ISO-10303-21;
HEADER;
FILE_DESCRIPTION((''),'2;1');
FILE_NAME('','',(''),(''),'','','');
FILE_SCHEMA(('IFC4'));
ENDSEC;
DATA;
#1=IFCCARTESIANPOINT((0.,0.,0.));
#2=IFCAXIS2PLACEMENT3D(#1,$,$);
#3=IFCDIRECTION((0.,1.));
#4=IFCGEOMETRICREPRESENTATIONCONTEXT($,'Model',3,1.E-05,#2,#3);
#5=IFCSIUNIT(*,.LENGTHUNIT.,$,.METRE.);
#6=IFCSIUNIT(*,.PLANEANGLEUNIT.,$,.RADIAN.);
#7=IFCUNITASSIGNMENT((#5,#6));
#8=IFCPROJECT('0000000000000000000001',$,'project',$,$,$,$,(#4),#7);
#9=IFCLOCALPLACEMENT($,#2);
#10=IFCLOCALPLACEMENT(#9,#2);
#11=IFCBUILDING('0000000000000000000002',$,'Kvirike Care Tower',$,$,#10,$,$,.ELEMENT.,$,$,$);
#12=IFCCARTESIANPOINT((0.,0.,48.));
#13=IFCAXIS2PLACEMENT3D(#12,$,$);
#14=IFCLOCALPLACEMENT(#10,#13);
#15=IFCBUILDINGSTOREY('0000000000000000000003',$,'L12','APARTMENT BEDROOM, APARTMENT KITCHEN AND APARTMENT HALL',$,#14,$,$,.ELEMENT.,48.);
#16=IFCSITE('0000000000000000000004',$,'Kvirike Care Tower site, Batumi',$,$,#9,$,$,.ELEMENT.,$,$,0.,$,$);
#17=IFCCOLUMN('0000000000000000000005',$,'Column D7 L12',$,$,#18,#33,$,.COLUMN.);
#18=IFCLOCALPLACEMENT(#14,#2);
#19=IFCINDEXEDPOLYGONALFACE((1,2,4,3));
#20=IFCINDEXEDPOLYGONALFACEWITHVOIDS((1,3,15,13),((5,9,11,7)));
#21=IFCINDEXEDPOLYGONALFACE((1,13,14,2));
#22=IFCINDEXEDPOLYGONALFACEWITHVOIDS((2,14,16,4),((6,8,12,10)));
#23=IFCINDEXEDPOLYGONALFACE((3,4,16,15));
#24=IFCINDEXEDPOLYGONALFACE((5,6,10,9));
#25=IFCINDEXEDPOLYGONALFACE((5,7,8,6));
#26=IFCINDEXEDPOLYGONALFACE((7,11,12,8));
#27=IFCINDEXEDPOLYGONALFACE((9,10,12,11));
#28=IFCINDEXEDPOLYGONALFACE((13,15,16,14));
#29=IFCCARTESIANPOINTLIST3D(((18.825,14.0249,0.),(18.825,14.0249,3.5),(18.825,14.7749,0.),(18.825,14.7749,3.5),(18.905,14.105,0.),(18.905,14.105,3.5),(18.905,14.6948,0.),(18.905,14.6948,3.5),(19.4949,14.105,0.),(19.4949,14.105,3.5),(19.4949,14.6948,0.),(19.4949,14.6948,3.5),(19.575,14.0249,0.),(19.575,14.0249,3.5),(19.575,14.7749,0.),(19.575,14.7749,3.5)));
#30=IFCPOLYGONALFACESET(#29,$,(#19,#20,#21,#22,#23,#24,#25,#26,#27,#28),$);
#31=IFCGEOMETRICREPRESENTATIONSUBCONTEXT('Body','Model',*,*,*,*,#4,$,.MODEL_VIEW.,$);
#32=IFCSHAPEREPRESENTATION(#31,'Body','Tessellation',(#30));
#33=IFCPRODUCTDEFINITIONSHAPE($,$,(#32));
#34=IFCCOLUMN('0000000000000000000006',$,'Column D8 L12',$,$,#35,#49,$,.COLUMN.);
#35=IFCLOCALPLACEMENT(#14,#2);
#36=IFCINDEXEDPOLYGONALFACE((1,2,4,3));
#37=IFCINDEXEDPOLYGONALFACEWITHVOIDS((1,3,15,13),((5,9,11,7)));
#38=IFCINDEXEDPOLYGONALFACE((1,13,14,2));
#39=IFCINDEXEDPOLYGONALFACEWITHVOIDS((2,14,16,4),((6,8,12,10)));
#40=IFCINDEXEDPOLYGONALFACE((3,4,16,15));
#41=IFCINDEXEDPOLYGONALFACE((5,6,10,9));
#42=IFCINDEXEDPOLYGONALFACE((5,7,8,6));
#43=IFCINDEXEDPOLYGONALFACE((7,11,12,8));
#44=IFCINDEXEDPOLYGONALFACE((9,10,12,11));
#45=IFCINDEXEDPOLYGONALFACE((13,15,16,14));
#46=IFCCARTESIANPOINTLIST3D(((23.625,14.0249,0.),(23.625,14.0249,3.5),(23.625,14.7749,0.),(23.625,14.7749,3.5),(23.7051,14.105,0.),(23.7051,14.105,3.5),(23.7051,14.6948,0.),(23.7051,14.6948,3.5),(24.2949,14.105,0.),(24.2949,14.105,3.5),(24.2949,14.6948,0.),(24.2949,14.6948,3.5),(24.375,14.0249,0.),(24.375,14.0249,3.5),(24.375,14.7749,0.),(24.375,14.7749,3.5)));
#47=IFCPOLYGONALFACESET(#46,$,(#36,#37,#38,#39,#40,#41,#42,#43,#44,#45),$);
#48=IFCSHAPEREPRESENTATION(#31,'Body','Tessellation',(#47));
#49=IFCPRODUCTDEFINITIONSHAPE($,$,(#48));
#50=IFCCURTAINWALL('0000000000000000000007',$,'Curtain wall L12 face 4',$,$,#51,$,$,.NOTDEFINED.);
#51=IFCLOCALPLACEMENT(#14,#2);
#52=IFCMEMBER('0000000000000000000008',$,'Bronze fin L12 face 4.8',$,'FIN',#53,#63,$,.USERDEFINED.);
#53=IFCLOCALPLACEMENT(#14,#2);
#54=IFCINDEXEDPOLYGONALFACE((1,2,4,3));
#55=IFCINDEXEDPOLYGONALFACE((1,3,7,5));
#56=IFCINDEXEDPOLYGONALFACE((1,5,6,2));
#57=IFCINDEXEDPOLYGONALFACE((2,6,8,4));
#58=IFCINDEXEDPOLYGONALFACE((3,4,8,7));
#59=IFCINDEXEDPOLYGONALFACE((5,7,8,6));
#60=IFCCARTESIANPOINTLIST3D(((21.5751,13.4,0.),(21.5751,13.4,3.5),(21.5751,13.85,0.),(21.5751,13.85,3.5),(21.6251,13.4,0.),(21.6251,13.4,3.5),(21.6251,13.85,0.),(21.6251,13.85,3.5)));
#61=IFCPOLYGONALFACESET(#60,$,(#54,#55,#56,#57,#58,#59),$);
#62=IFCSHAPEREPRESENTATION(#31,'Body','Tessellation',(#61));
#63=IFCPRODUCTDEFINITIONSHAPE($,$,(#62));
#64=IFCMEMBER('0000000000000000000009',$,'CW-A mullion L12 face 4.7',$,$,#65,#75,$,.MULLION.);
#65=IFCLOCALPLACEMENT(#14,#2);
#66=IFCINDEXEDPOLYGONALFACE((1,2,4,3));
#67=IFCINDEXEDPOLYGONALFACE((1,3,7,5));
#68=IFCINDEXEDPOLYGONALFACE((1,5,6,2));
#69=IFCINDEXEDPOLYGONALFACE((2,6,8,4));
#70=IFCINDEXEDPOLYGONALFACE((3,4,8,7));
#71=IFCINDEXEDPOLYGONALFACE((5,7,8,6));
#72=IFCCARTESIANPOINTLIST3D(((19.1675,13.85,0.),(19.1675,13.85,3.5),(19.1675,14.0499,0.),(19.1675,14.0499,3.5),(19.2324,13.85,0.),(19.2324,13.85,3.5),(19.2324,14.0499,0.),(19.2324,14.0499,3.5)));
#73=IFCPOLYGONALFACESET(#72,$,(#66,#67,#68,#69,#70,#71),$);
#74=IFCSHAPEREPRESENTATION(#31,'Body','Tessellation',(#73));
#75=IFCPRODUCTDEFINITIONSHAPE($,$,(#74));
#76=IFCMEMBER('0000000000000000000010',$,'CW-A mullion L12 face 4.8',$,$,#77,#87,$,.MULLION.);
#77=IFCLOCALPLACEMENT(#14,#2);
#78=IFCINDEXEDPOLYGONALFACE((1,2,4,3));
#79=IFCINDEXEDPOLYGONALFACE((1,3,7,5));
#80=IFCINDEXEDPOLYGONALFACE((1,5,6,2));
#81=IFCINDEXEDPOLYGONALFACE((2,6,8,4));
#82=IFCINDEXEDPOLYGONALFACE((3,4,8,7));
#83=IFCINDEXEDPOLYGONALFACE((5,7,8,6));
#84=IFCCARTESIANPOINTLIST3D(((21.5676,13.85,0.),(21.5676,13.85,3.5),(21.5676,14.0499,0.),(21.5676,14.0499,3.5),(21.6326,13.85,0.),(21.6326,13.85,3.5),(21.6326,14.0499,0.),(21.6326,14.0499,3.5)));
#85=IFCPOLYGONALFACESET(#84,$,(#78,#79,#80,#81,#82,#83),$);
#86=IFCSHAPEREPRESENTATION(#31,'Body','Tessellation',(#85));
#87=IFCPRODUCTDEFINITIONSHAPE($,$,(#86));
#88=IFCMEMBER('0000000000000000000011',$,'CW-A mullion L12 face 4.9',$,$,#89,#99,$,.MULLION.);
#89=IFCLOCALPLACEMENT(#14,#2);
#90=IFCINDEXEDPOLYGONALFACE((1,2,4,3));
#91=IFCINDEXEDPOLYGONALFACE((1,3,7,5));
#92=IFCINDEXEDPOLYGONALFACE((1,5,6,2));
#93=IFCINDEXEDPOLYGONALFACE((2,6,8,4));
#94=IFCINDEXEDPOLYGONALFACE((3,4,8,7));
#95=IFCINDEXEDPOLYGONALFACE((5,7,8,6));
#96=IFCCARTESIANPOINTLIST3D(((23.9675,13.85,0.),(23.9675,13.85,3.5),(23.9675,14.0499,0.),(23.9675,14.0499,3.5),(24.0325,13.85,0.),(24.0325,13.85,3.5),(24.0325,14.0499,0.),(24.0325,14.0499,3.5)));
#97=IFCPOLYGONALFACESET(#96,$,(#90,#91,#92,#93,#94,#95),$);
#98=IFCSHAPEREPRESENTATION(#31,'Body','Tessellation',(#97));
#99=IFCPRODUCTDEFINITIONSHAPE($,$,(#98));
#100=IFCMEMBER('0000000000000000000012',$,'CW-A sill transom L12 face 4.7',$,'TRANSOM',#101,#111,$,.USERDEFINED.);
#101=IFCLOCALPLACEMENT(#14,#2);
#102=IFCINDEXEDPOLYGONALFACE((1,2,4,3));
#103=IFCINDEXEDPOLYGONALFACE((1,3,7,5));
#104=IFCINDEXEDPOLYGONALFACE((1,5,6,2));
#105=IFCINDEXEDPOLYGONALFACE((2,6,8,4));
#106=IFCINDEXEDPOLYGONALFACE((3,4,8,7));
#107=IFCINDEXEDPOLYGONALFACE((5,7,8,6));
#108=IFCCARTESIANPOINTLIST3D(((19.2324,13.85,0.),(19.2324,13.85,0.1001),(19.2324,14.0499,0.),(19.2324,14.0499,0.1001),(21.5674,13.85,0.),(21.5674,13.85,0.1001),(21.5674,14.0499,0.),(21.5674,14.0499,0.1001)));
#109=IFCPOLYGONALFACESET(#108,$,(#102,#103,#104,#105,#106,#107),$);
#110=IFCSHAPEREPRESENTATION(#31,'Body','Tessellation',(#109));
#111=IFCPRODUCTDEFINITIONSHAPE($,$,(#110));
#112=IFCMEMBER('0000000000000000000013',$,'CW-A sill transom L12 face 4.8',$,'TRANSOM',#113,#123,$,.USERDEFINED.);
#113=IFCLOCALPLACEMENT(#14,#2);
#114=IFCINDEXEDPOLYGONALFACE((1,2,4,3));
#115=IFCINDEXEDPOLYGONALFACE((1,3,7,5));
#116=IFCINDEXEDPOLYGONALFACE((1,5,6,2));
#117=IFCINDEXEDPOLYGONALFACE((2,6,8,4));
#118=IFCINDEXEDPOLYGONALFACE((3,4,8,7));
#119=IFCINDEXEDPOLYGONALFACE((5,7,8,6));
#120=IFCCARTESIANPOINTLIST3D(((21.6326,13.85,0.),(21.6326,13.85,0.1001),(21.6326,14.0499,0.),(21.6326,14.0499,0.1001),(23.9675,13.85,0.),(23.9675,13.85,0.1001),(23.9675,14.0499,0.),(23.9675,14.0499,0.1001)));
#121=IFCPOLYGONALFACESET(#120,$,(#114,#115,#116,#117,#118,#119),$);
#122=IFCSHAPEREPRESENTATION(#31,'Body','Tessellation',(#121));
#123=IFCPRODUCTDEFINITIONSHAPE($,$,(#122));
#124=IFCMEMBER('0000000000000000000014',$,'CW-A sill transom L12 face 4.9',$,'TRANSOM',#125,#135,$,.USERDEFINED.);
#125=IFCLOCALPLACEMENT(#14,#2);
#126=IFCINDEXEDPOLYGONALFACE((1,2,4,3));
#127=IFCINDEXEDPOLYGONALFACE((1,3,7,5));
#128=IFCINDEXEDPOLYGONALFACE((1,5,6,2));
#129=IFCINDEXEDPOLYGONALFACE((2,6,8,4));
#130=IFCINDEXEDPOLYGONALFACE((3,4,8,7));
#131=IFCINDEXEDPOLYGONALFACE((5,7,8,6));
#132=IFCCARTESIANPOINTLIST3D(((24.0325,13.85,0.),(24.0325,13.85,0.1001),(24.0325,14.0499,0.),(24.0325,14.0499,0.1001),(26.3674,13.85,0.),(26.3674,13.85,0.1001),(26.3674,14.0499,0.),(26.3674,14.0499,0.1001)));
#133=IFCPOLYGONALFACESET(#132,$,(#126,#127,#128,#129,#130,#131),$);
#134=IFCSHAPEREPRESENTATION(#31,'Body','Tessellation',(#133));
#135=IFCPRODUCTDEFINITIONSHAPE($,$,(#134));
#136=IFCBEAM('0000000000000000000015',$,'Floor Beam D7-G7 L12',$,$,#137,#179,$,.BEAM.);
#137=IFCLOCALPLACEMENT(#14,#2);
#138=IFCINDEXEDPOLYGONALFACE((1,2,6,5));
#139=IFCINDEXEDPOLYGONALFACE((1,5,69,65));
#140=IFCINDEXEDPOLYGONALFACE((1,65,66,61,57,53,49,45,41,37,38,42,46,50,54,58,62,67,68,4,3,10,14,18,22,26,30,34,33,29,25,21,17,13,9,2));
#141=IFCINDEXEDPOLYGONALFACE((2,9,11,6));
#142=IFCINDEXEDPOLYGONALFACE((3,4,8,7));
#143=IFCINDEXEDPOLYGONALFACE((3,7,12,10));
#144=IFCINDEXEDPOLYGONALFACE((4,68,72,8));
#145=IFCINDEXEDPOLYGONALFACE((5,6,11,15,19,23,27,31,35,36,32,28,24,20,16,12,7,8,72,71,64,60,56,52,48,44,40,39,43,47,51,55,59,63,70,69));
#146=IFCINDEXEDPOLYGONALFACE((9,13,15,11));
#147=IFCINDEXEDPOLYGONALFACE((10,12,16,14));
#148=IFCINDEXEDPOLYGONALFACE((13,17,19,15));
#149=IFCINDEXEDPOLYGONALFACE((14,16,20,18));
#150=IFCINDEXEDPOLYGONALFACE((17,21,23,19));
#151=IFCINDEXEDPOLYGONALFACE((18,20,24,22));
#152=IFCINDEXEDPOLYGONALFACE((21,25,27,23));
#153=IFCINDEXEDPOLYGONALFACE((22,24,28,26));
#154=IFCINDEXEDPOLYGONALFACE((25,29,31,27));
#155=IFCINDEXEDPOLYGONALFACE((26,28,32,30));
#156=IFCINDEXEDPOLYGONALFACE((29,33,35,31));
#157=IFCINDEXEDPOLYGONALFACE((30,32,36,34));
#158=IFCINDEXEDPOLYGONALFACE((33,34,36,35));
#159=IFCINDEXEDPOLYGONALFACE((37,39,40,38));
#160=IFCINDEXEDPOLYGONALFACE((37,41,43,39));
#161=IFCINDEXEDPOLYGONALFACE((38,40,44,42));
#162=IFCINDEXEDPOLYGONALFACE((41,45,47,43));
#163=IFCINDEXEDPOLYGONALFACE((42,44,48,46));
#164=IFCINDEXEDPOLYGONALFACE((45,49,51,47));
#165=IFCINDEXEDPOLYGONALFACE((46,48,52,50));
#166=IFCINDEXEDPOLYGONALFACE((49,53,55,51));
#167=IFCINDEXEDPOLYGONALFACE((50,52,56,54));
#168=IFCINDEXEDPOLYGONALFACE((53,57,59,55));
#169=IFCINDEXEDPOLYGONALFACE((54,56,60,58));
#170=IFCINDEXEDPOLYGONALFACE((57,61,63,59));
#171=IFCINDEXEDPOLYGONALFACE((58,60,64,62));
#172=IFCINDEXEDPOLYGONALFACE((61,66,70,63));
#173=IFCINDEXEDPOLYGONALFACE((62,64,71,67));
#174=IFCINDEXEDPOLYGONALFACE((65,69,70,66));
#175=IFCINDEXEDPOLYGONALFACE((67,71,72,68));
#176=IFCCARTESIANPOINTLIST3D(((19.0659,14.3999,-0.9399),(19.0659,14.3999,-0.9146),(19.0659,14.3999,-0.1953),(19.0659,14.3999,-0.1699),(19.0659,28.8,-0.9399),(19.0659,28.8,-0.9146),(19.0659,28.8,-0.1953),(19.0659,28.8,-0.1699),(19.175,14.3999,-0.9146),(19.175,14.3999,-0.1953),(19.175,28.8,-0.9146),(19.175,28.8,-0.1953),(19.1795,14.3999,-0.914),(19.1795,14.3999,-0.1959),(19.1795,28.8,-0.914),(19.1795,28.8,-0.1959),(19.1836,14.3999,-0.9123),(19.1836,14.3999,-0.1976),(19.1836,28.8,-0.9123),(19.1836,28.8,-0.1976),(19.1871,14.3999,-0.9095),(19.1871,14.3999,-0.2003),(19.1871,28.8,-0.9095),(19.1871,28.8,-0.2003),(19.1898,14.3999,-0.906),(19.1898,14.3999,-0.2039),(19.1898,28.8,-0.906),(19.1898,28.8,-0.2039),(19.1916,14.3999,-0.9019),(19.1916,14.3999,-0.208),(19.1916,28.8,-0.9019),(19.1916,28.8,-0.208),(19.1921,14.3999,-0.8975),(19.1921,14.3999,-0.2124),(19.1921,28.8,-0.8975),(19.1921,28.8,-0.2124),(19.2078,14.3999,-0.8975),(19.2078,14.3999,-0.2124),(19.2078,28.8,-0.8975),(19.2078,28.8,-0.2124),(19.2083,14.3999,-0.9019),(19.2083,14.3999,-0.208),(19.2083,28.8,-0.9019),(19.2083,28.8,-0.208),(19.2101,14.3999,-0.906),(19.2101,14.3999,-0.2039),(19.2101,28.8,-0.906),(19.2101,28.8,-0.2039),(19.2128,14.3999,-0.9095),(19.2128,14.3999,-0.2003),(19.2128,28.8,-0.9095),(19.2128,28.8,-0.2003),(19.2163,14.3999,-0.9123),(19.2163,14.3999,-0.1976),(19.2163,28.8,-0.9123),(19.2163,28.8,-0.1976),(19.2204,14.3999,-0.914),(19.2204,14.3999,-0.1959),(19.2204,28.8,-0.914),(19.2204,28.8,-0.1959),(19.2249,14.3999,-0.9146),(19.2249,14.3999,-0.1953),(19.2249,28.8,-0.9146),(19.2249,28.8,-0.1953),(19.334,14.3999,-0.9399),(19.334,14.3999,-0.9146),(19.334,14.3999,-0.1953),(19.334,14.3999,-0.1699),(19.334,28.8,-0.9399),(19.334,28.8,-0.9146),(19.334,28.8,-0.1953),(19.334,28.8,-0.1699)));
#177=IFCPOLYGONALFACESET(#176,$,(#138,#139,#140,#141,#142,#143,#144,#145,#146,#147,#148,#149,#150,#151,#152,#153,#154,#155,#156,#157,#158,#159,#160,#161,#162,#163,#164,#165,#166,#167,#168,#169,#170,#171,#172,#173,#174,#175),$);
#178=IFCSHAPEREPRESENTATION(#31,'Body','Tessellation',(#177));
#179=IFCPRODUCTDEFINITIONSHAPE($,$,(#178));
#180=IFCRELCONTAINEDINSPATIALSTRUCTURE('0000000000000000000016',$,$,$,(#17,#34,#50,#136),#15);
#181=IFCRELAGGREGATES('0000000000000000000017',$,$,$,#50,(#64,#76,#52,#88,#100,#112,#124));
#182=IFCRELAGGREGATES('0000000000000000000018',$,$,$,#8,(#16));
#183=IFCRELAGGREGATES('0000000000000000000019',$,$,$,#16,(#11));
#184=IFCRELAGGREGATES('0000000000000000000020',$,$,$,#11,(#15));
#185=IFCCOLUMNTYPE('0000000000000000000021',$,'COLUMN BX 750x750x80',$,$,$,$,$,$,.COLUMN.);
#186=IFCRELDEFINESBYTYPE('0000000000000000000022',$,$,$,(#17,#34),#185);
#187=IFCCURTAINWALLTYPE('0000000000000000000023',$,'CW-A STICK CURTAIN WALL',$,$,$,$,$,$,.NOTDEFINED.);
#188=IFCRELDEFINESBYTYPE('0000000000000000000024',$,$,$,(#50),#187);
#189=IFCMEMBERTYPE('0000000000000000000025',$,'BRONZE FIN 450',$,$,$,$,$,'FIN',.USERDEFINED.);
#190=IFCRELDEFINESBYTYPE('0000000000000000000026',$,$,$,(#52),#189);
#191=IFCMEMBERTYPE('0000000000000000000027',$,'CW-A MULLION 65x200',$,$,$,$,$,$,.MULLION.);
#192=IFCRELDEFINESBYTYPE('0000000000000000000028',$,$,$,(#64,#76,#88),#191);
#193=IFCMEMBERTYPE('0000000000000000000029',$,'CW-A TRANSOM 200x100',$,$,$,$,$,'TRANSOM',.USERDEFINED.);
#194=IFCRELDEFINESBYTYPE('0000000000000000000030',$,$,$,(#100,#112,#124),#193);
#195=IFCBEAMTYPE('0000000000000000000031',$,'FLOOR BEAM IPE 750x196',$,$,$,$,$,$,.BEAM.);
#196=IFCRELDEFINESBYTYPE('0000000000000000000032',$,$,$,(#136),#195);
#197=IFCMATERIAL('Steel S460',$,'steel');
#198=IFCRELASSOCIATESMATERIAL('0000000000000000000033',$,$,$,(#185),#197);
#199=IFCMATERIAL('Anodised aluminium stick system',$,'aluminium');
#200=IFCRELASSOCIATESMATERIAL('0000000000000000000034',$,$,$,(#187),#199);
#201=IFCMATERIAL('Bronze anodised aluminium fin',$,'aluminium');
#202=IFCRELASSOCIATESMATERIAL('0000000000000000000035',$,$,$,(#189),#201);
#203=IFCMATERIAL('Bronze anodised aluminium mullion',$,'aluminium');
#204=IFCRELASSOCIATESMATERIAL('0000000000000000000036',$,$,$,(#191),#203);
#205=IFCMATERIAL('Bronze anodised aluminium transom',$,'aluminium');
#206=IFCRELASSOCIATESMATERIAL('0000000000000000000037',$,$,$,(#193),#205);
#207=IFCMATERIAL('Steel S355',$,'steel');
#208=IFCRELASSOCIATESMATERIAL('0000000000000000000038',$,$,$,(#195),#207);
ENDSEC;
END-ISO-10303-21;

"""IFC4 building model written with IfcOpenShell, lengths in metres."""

from ifc_helpers import new_model, si_unit, direction, frame, origin, origin_2d, place, context, subcontext, project, spatial, rectangle, hollow_rectangle, i_section, extrude, material, material_profile, profile_set, type_object, element, aggregate, save


model = new_model("IFC4")

# Units and contexts
model_context = context("Model", 3, precision=1e-05, world=origin(), true_north=direction((0.0, 1.0)))
body_context = subcontext(model_context, "Body", "Model", "MODEL_VIEW")
ifc_project = project(units=[si_unit("LENGTHUNIT", "METRE"), si_unit("PLANEANGLEUNIT", "RADIAN")], contexts=[model_context])

# Site, building, storey
site_placement = place(None, origin())
site = spatial("IfcSite", under=ifc_project, at=site_placement, Name="Kvirike Care Tower site, Batumi", CompositionType="ELEMENT", RefElevation=0.0)
building_placement = place(site_placement, origin())
building = spatial("IfcBuilding", under=site, at=building_placement, Name="Kvirike Care Tower", CompositionType="ELEMENT")
storey_placement = place(building_placement, frame((0.0, 0.0, 48.0)))
storey = spatial("IfcBuildingStorey", under=building, at=storey_placement, Name="L12", Description="APARTMENT BEDROOM, APARTMENT KITCHEN AND APARTMENT HALL", CompositionType="ELEMENT", Elevation=48.0)

# Columns
ifc_material_1 = material(Name="Steel S460", Category="steel")
ifc_material_profile_1 = material_profile(ifc_material_1, hollow_rectangle(XDim=0.75, YDim=0.75, WallThickness=0.0801, at=origin_2d()), Name="BX 750x750x80")
ifc_profile_set_1 = profile_set([ifc_material_profile_1], Name="Steel S460")
column_type = type_object("IfcColumnType", Name="COLUMN BX 750x750x80", PredefinedType="COLUMN", material=ifc_profile_set_1)
for number, where, z_axis, x_axis, name in (
    (1, (19.2, 14.3999, 0.0), (0.0, 0.0, 1.0), (0.0, 1.0, 0.0), "Column D7 L12"),
    (2, (24.0, 14.3999, 0.0), (0.0, 0.0, 1.0), (0.0, 1.0, 0.0), "Column D8 L12"),
):
    element("IfcColumn", number, at=place(storey_placement, frame(where, z_axis=z_axis, x_axis=x_axis)), inside=storey, type_object=column_type, Name=name, PredefinedType="COLUMN", context=body_context, shape_type="SweptSolid", body=[
        extrude(hollow_rectangle(XDim=0.75, YDim=0.75, WallThickness=0.0801, at=origin_2d()), origin(), (0.0, 0.0, 1.0), 3.5),
    ])

# Curtain wall, members
ifc_material_2 = material(Name="Anodised aluminium stick system", Category="aluminium")
curtain_wall_type = type_object("IfcCurtainWallType", Name="CW-A STICK CURTAIN WALL", PredefinedType="NOTDEFINED", material=ifc_material_2)
curtain_wall_placement = place(storey_placement, origin())
curtain_wall = element("IfcCurtainWall", 3, at=curtain_wall_placement, inside=storey, type_object=curtain_wall_type, Name="Curtain wall L12 face 4", PredefinedType="NOTDEFINED")
ifc_material_3 = material(Name="Bronze anodised aluminium fin", Category="aluminium")
ifc_material_profile_2 = material_profile(ifc_material_3, rectangle(XDim=0.05, YDim=0.45, at=origin_2d()), Name="BRONZE FIN 450")
ifc_profile_set_2 = profile_set([ifc_material_profile_2], Name="Bronze anodised aluminium fin")
member_type_1 = type_object("IfcMemberType", Name="BRONZE FIN 450", ElementType="FIN", PredefinedType="USERDEFINED", material=ifc_profile_set_2)
member_1_placement = place(storey_placement, frame((21.6001, 13.625, 0.0), z_axis=(0.0, 0.0, 1.0), x_axis=(1.0, 0.0, 0.0)))
member_1 = element("IfcMember", 4, at=member_1_placement, type_object=member_type_1, Name="Bronze fin L12 face 4.8", ObjectType="FIN", PredefinedType="USERDEFINED", context=body_context, shape_type="SweptSolid", body=[
    extrude(rectangle(XDim=0.05, YDim=0.45, at=origin_2d()), origin(), (0.0, 0.0, 1.0), 3.5),
])
ifc_material_4 = material(Name="Bronze anodised aluminium mullion", Category="aluminium")
ifc_material_profile_3 = material_profile(ifc_material_4, rectangle(XDim=0.0649, YDim=0.2, at=origin_2d()), Name="CW-A MULLION 65x200")
ifc_profile_set_3 = profile_set([ifc_material_profile_3], Name="Bronze anodised aluminium mullion")
member_type_2 = type_object("IfcMemberType", Name="CW-A MULLION 65x200", PredefinedType="MULLION", material=ifc_profile_set_3)
member_2_placement = place(storey_placement, frame((19.2, 13.95, 0.0), z_axis=(0.0, 0.0, 1.0), x_axis=(1.0, 0.0, 0.0)))
member_2 = element("IfcMember", 5, at=member_2_placement, type_object=member_type_2, Name="CW-A mullion L12 face 4.7", PredefinedType="MULLION", context=body_context, shape_type="SweptSolid", body=[
    extrude(rectangle(XDim=0.0649, YDim=0.2, at=origin_2d()), origin(), (0.0, 0.0, 1.0), 3.5),
])
member_3_placement = place(storey_placement, frame((21.6001, 13.95, 0.0), z_axis=(0.0, 0.0, 1.0), x_axis=(1.0, 0.0, 0.0)))
member_3 = element("IfcMember", 6, at=member_3_placement, type_object=member_type_2, Name="CW-A mullion L12 face 4.8", PredefinedType="MULLION", context=body_context, shape_type="SweptSolid", body=[
    extrude(rectangle(XDim=0.0649, YDim=0.2, at=origin_2d()), origin(), (0.0, 0.0, 1.0), 3.5),
])
member_4_placement = place(storey_placement, frame((24.0, 13.95, 0.0), z_axis=(0.0, 0.0, 1.0), x_axis=(1.0, 0.0, 0.0)))
member_4 = element("IfcMember", 7, at=member_4_placement, type_object=member_type_2, Name="CW-A mullion L12 face 4.9", PredefinedType="MULLION", context=body_context, shape_type="SweptSolid", body=[
    extrude(rectangle(XDim=0.0649, YDim=0.2, at=origin_2d()), origin(), (0.0, 0.0, 1.0), 3.5),
])
ifc_material_5 = material(Name="Bronze anodised aluminium transom", Category="aluminium")
ifc_material_profile_4 = material_profile(ifc_material_5, rectangle(XDim=0.2, YDim=0.1001, at=origin_2d()), Name="CW-A TRANSOM 200x100")
ifc_profile_set_4 = profile_set([ifc_material_profile_4], Name="Bronze anodised aluminium transom")
member_type_3 = type_object("IfcMemberType", Name="CW-A TRANSOM 200x100", ElementType="TRANSOM", PredefinedType="USERDEFINED", material=ifc_profile_set_4)
member_5_placement = place(storey_placement, frame((19.2324, 13.95, 0.05), z_axis=(1.0, 0.0, 0.0), x_axis=(0.0, 1.0, 0.0)))
member_5 = element("IfcMember", 8, at=member_5_placement, type_object=member_type_3, Name="CW-A sill transom L12 face 4.7", ObjectType="TRANSOM", PredefinedType="USERDEFINED", context=body_context, shape_type="SweptSolid", body=[
    extrude(rectangle(XDim=0.2, YDim=0.1001, at=origin_2d()), origin(), (0.0, 0.0, 1.0), 2.335),
])
member_6_placement = place(storey_placement, frame((21.6326, 13.95, 0.05), z_axis=(1.0, 0.0, 0.0), x_axis=(0.0, 1.0, 0.0)))
member_6 = element("IfcMember", 9, at=member_6_placement, type_object=member_type_3, Name="CW-A sill transom L12 face 4.8", ObjectType="TRANSOM", PredefinedType="USERDEFINED", context=body_context, shape_type="SweptSolid", body=[
    extrude(rectangle(XDim=0.2, YDim=0.1001, at=origin_2d()), origin(), (0.0, 0.0, 1.0), 2.335),
])
member_7_placement = place(storey_placement, frame((24.0325, 13.95, 0.05), z_axis=(1.0, 0.0, 0.0), x_axis=(0.0, 1.0, 0.0)))
member_7 = element("IfcMember", 10, at=member_7_placement, type_object=member_type_3, Name="CW-A sill transom L12 face 4.9", ObjectType="TRANSOM", PredefinedType="USERDEFINED", context=body_context, shape_type="SweptSolid", body=[
    extrude(rectangle(XDim=0.2, YDim=0.1001, at=origin_2d()), origin(), (0.0, 0.0, 1.0), 2.335),
])

# Beam
ifc_material_6 = material(Name="Steel S355", Category="steel")
ifc_material_profile_5 = material_profile(ifc_material_6, i_section(OverallWidth=0.2681, OverallDepth=0.77, WebThickness=0.0156, FlangeThickness=0.0254, FilletRadius=0.0171, at=origin_2d()), Name="IPE 750x196")
ifc_profile_set_5 = profile_set([ifc_material_profile_5], Name="Steel S355")
beam_type_1 = type_object("IfcBeamType", Name="FLOOR BEAM IPE 750x196", PredefinedType="BEAM", material=ifc_profile_set_5)
beam_placement = place(storey_placement, frame((19.2, 14.3999, -0.5549), z_axis=(0.0, 1.0, 0.0), x_axis=(-1.0, 0.0, 0.0)))
element("IfcBeam", 11, at=beam_placement, inside=storey, type_object=beam_type_1, Name="Floor Beam D7-G7 L12", PredefinedType="BEAM", context=body_context, shape_type="SweptSolid", body=[
    extrude(i_section(OverallWidth=0.2681, OverallDepth=0.77, WebThickness=0.0156, FlangeThickness=0.0254, FilletRadius=0.0171, at=origin_2d()), origin(), (0.0, 0.0, 1.0), 14.4001),
])

aggregate(curtain_wall, [member_2, member_3, member_1, member_4, member_5, member_6, member_7])

save(model, "model.ifc")
